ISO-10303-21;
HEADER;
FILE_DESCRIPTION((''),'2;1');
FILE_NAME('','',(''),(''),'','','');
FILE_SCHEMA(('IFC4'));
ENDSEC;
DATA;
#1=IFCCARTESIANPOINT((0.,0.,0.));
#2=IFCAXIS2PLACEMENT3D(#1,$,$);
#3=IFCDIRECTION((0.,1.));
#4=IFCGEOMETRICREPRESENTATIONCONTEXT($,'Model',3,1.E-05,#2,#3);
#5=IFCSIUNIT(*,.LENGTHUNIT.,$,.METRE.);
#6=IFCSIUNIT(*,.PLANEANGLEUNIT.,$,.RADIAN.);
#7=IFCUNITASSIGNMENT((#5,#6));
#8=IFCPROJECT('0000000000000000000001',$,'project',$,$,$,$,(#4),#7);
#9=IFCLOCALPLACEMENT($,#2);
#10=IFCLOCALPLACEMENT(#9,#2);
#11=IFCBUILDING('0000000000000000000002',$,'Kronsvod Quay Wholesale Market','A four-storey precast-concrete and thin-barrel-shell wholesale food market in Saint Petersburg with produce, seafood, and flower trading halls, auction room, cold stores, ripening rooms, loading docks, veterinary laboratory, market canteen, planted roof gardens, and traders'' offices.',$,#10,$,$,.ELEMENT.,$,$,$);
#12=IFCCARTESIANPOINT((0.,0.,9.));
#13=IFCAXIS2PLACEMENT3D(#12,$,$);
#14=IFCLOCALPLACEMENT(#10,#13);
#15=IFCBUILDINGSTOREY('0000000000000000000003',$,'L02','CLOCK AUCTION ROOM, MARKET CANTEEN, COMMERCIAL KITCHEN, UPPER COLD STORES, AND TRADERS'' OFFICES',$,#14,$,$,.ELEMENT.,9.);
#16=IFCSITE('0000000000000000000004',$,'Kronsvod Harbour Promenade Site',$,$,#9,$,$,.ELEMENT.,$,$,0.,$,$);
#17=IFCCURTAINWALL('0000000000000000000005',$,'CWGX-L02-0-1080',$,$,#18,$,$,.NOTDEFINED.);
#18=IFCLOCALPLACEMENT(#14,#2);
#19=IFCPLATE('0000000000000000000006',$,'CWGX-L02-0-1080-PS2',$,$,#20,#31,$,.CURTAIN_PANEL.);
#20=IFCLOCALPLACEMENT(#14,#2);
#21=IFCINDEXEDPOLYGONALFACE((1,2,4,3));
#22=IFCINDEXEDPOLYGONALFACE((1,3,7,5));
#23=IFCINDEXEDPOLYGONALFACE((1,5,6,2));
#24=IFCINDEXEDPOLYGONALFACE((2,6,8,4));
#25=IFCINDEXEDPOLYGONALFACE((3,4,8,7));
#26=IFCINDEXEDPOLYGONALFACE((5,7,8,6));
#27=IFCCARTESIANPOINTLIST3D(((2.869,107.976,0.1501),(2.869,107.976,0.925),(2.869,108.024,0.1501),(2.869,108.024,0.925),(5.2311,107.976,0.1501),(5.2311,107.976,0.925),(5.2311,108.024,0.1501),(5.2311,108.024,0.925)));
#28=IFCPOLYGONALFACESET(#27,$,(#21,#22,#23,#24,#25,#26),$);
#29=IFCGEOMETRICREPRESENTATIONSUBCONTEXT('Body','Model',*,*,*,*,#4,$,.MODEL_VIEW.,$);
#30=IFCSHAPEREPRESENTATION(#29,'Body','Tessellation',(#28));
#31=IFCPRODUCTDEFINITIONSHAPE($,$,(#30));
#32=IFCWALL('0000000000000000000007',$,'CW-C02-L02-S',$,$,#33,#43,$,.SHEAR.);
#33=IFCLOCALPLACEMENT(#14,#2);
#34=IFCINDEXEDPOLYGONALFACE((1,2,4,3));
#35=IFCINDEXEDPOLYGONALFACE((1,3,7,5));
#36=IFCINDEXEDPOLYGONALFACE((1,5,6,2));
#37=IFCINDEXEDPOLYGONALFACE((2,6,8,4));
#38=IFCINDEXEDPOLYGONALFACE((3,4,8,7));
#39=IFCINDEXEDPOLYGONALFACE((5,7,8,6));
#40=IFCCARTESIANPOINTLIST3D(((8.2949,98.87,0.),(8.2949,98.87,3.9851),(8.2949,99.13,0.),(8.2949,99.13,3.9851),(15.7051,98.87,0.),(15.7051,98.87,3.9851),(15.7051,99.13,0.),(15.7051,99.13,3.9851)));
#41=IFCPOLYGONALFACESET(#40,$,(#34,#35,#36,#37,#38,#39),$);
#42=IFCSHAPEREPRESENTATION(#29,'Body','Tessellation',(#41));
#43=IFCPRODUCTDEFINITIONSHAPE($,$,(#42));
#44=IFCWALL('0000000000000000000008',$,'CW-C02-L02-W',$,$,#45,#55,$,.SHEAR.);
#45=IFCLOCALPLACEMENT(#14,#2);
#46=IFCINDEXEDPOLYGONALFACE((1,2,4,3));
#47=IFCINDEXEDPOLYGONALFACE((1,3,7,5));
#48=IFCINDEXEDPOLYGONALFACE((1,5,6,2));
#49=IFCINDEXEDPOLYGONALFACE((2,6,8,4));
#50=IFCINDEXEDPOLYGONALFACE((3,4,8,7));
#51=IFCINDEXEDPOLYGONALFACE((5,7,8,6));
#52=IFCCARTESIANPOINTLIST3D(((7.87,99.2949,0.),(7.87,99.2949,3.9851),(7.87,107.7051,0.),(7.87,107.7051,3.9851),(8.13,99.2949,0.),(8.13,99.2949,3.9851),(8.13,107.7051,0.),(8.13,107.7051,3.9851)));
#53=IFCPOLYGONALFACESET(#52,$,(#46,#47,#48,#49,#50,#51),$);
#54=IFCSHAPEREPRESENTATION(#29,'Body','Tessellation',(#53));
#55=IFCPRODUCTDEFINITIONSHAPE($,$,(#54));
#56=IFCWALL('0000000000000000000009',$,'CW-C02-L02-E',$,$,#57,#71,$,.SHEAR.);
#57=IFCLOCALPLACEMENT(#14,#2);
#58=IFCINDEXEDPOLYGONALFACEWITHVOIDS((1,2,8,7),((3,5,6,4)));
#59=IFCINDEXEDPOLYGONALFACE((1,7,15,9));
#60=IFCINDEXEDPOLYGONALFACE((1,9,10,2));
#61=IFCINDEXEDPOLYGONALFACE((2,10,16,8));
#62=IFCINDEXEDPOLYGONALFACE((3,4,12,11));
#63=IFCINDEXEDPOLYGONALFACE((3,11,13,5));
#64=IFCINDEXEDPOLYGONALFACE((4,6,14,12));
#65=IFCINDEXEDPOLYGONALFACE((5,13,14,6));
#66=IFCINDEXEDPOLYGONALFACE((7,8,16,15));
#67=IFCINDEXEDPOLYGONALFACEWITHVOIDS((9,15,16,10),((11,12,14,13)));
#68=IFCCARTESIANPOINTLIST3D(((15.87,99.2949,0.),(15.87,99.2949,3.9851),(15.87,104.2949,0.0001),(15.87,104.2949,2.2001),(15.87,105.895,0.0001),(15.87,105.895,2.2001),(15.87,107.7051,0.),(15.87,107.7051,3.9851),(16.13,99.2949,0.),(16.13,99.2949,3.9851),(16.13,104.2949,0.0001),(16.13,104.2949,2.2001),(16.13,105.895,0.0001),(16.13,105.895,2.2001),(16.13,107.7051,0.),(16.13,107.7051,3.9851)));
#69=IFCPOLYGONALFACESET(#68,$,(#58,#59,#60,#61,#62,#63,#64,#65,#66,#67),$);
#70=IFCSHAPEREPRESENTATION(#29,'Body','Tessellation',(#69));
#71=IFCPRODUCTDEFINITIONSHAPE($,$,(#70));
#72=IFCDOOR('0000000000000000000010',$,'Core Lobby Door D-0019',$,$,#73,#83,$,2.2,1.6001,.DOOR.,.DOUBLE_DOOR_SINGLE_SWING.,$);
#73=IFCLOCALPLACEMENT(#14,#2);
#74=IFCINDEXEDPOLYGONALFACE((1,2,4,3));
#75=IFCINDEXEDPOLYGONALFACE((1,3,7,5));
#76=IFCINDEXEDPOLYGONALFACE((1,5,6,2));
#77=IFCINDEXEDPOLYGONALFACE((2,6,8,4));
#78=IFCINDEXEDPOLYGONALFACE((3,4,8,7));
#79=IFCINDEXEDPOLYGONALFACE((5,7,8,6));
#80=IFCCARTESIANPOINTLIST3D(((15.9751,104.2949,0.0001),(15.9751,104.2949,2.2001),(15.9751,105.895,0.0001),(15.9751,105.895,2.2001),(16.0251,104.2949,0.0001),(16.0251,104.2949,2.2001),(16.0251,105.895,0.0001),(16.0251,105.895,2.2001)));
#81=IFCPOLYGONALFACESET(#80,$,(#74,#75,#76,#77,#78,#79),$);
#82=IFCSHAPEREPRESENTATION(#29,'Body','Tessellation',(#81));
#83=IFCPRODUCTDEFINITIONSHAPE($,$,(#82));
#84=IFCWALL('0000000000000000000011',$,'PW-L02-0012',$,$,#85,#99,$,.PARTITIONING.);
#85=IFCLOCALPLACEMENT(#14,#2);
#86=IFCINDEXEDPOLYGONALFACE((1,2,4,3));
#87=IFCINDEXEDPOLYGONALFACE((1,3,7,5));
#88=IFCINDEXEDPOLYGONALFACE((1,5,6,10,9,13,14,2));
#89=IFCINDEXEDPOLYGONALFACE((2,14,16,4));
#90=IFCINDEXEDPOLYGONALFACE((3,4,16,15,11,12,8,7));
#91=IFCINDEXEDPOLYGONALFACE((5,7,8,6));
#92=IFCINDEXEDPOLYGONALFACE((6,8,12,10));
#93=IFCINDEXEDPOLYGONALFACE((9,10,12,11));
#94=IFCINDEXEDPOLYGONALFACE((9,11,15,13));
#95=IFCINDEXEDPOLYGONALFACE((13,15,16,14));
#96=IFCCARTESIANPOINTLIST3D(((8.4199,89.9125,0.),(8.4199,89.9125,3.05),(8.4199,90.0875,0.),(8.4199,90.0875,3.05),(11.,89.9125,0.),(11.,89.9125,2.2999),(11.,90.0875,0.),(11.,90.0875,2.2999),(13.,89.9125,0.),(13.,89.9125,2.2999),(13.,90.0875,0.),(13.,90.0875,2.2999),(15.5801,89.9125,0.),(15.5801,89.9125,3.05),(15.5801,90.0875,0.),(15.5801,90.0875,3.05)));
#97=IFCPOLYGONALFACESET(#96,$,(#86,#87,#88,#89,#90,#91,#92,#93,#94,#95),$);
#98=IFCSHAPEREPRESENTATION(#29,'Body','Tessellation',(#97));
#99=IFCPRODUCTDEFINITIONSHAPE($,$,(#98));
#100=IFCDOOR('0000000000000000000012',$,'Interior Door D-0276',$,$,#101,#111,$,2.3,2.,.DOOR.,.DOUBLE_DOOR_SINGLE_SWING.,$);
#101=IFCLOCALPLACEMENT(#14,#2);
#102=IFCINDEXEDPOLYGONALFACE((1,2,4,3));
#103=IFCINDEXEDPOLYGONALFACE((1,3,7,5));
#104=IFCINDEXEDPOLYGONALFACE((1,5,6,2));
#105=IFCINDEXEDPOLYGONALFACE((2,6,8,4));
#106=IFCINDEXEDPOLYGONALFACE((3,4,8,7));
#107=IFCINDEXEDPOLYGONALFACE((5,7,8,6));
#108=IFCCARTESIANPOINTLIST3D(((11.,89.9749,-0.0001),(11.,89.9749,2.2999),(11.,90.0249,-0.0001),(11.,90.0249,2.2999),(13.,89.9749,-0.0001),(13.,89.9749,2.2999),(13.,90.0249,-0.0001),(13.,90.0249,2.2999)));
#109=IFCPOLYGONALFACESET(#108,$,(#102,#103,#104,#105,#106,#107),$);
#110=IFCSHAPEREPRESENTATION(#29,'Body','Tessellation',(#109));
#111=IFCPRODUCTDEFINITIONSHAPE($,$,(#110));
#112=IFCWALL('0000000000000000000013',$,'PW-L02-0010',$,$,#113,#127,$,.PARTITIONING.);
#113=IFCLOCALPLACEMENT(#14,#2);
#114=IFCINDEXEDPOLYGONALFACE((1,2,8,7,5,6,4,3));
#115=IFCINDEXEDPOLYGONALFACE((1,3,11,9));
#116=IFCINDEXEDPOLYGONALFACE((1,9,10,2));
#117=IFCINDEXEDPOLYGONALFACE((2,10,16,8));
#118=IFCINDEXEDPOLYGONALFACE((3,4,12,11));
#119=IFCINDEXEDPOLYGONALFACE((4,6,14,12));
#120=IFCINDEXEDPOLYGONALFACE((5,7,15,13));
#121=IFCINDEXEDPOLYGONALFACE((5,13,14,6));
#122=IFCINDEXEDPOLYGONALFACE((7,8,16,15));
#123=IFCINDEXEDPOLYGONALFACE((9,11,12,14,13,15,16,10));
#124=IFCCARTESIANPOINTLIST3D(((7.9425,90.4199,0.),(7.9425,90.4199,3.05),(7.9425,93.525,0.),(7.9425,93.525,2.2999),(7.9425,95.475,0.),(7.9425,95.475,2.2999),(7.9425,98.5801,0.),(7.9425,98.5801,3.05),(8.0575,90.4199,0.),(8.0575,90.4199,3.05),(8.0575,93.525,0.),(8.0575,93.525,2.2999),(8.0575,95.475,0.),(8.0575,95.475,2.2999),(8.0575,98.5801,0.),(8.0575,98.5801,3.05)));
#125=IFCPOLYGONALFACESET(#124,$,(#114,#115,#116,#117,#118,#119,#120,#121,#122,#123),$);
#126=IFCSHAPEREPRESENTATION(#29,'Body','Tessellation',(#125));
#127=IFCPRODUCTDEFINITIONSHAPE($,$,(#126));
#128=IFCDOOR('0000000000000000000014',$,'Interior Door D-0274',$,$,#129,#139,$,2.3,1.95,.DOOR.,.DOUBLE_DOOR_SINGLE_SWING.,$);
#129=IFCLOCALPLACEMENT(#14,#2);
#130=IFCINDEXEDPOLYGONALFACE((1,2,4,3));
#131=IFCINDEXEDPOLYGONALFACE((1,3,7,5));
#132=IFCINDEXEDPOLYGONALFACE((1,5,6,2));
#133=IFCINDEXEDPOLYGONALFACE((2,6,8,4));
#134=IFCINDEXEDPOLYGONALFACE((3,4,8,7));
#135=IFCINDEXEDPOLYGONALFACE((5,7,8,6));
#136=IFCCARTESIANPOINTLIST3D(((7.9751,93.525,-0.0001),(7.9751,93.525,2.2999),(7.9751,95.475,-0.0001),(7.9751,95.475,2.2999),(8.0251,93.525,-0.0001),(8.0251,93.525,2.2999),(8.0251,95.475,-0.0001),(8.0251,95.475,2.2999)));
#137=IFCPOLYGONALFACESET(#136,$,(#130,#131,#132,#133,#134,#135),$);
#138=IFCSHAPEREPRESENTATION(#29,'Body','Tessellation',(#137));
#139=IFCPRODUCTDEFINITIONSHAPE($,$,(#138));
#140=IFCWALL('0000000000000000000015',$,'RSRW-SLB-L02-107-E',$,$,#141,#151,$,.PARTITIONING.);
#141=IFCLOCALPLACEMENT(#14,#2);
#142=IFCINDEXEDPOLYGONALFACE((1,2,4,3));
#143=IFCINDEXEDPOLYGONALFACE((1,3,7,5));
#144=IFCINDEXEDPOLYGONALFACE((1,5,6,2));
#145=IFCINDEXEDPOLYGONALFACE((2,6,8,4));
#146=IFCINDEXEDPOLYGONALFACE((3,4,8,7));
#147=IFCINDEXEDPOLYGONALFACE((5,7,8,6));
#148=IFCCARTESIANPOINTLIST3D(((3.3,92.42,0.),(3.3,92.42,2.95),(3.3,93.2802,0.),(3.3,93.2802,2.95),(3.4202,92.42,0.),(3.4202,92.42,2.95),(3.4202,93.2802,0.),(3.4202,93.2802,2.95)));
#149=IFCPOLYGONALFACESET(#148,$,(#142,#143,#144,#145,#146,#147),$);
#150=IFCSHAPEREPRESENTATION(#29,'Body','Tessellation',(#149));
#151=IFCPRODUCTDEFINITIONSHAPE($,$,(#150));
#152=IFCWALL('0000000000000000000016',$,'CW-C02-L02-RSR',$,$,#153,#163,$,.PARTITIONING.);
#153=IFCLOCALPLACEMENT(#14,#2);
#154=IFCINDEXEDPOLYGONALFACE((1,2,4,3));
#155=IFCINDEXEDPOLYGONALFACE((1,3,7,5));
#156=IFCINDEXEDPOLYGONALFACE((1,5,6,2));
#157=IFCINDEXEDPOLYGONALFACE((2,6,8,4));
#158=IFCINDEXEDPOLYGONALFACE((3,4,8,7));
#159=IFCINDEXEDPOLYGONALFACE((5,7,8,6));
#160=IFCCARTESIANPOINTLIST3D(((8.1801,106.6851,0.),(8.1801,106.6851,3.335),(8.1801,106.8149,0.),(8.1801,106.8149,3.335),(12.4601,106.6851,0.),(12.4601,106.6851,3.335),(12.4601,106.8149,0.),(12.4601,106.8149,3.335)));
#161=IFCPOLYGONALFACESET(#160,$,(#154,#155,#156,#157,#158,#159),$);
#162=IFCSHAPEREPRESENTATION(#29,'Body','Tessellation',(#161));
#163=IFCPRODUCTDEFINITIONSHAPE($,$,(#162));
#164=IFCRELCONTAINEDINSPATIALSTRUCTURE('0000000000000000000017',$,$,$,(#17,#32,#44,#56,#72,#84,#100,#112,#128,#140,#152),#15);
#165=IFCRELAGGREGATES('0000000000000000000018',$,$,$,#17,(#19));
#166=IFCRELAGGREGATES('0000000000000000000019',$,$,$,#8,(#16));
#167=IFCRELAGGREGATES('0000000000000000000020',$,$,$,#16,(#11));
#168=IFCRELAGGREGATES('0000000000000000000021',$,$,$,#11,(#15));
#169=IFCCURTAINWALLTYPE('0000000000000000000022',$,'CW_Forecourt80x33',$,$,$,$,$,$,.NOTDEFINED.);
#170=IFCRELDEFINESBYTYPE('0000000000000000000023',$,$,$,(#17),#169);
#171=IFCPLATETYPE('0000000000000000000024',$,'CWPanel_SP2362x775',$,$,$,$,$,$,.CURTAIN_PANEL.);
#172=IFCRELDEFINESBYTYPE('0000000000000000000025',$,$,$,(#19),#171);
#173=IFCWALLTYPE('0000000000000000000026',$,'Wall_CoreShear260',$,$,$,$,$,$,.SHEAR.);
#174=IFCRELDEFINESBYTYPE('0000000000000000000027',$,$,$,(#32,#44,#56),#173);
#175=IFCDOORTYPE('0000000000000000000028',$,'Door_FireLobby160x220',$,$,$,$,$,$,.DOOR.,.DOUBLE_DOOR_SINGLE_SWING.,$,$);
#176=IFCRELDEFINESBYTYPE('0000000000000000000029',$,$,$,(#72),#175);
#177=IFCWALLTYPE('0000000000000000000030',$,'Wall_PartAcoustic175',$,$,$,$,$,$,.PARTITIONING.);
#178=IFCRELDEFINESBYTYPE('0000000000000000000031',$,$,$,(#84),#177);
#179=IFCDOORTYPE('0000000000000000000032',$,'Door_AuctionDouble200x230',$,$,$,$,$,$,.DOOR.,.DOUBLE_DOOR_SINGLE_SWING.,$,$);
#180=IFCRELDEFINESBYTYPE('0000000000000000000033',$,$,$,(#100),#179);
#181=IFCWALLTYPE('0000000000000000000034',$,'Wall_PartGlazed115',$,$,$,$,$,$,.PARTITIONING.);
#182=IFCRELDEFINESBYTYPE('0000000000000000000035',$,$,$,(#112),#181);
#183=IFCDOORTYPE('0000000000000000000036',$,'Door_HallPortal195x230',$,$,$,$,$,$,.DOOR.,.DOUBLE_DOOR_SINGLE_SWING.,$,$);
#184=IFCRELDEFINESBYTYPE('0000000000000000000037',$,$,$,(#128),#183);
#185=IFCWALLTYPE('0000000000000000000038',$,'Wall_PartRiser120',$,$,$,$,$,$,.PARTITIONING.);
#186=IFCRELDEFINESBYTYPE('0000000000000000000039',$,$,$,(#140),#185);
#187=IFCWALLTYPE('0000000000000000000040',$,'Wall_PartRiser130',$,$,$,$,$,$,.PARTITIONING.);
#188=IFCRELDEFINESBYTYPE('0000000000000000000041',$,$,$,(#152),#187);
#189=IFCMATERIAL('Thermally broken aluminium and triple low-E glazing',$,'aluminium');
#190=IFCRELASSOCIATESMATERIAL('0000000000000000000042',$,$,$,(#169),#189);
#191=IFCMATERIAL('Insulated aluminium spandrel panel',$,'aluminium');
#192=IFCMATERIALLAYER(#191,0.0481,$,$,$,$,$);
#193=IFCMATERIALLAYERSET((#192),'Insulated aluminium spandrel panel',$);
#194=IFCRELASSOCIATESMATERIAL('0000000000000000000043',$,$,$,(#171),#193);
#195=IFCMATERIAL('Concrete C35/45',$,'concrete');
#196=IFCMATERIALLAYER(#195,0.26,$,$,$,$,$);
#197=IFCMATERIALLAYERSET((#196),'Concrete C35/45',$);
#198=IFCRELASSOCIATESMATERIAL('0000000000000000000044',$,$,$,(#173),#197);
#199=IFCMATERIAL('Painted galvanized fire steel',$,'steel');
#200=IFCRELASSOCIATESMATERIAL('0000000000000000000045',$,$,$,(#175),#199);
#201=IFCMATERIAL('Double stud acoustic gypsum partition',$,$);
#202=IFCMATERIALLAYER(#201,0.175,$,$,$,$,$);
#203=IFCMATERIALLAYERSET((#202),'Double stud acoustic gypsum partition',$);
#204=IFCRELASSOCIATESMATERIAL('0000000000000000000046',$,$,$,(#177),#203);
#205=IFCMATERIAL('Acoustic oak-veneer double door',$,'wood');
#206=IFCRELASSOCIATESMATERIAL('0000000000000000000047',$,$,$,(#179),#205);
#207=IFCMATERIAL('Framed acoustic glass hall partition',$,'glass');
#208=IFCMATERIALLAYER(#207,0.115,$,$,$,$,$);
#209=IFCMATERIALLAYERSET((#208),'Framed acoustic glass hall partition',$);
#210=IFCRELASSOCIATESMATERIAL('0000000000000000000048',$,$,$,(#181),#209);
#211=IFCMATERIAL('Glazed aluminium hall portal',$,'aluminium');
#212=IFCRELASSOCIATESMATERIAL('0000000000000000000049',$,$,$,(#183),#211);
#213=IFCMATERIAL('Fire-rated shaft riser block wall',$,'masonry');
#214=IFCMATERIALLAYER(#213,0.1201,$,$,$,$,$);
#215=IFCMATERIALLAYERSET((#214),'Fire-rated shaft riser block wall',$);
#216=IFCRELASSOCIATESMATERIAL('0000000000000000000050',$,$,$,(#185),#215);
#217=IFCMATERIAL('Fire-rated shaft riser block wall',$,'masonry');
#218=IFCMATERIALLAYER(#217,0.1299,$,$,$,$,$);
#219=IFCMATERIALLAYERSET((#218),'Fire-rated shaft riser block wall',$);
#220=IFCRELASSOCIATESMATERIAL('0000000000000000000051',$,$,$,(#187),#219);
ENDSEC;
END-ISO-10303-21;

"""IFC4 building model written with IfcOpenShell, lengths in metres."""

from ifc_helpers import new_model, si_unit, direction, frame, frame_2d, origin, origin_2d, place, context, subcontext, project, spatial, rectangle, extrude, material, layer, layer_set, type_object, element, fill, aggregate, save


model = new_model("IFC4")

# Units and contexts
model_context = context("Model", 3, precision=1e-05, world=origin(), true_north=direction((0.0, 1.0)))
body_context = subcontext(model_context, "Body", "Model", "MODEL_VIEW")
ifc_project = project(units=[si_unit("LENGTHUNIT", "METRE"), si_unit("PLANEANGLEUNIT", "RADIAN")], contexts=[model_context])

# Site, building, storey
site_placement = place(None, origin())
site = spatial("IfcSite", under=ifc_project, at=site_placement, Name="Kronsvod Harbour Promenade Site", CompositionType="ELEMENT", RefElevation=0.0)
building_placement = place(site_placement, origin())
building = spatial("IfcBuilding", under=site, at=building_placement, Name="Kronsvod Quay Wholesale Market", Description="A four-storey precast-concrete and thin-barrel-shell wholesale food market in Saint Petersburg with produce, seafood, and flower trading halls, auction room, cold stores, ripening rooms, loading docks, veterinary laboratory, market canteen, planted roof gardens, and traders' offices.", CompositionType="ELEMENT")
storey_placement = place(building_placement, frame((0.0, 0.0, 9.0)))
storey = spatial("IfcBuildingStorey", under=building, at=storey_placement, Name="L02", Description="CLOCK AUCTION ROOM, MARKET CANTEEN, COMMERCIAL KITCHEN, UPPER COLD STORES, AND TRADERS' OFFICES", CompositionType="ELEMENT", Elevation=9.0)

# Curtain wall, plate
ifc_material_1 = material(Name="Thermally broken aluminium and triple low-E glazing", Category="aluminium")
curtain_wall_type = type_object("IfcCurtainWallType", Name="CW_Forecourt80x33", PredefinedType="NOTDEFINED", material=ifc_material_1)
curtain_wall_placement = place(storey_placement, origin())
curtain_wall = element("IfcCurtainWall", 1, at=curtain_wall_placement, inside=storey, type_object=curtain_wall_type, Name="CWGX-L02-0-1080", PredefinedType="NOTDEFINED")
ifc_material_2 = material(Name="Insulated aluminium spandrel panel", Category="aluminium")
ifc_layer_1 = layer(ifc_material_2, 0.0481)
ifc_layer_set_1 = layer_set([ifc_layer_1], Name="Insulated aluminium spandrel panel")
plate_type = type_object("IfcPlateType", Name="CWPanel_SP2362x775", PredefinedType="CURTAIN_PANEL", material=ifc_layer_set_1)
plate_placement = place(storey_placement, frame((4.05, 108.0, 0.1501), z_axis=(0.0, 0.0, 1.0), x_axis=(-1.0, 0.0, 0.0)))
plate = element("IfcPlate", 2, at=plate_placement, type_object=plate_type, Name="CWGX-L02-0-1080-PS2", PredefinedType="CURTAIN_PANEL", context=body_context, shape_type="SweptSolid", body=[
    extrude(rectangle(XDim=2.3621, YDim=0.0481, at=origin_2d()), origin(), (0.0, 0.0, 1.0), 0.7749),
])
aggregate(curtain_wall, [plate])

# Walls
ifc_material_3 = material(Name="Concrete C35/45", Category="concrete")
ifc_layer_2 = layer(ifc_material_3, 0.26)
ifc_layer_set_2 = layer_set([ifc_layer_2], Name="Concrete C35/45")
wall_type_1 = type_object("IfcWallType", Name="Wall_CoreShear260", PredefinedType="SHEAR", material=ifc_layer_set_2)
wall_1_placement = place(storey_placement, frame((8.2949, 99.0, 0.0), z_axis=(0.0, 0.0, 1.0), x_axis=(1.0, 0.0, 0.0)))
element("IfcWall", 3, at=wall_1_placement, inside=storey, type_object=wall_type_1, Name="CW-C02-L02-S", PredefinedType="SHEAR", context=body_context, shape_type="SweptSolid", body=[
    extrude(rectangle(XDim=7.4102, YDim=0.26, at=frame_2d((3.7051, 0.0))), origin(), (0.0, 0.0, 1.0), 3.9851),
])
wall_2_placement = place(storey_placement, frame((8.0, 99.2949, 0.0), z_axis=(0.0, 0.0, 1.0), x_axis=(0.0, 1.0, 0.0)))
element("IfcWall", 4, at=wall_2_placement, inside=storey, type_object=wall_type_1, Name="CW-C02-L02-W", PredefinedType="SHEAR", context=body_context, shape_type="SweptSolid", body=[
    extrude(rectangle(XDim=8.4102, YDim=0.26, at=frame_2d((4.2051, 0.0))), origin(), (0.0, 0.0, 1.0), 3.9851),
])

# Walls, openings, doors
wall_3_placement = place(storey_placement, frame((16.0, 99.2949, 0.0), z_axis=(0.0, 0.0, 1.0), x_axis=(0.0, 1.0, 0.0)))
wall_3 = element("IfcWall", 5, at=wall_3_placement, inside=storey, type_object=wall_type_1, Name="CW-C02-L02-E", PredefinedType="SHEAR", context=body_context, shape_type="SweptSolid", body=[
    extrude(rectangle(XDim=8.4102, YDim=0.26, at=frame_2d((4.2051, 0.0))), origin(), (0.0, 0.0, 1.0), 3.9851),
])
opening_1_placement = place(wall_3_placement, frame((5.0, 0.0, 0.0)))
opening_1 = element("IfcOpeningElement", 6, at=opening_1_placement, cuts=wall_3, PredefinedType="OPENING", context=body_context, shape_type="SweptSolid", body=[
    extrude(rectangle(XDim=1.6001, YDim=2.2, at=frame_2d((0.8, 1.1001))), frame((0.0, 0.1401, 0.0), z_axis=(0.0, -1.0, 0.0), x_axis=(1.0, 0.0, 0.0)), (0.0, 0.0, 1.0), 0.28),
])
ifc_material_4 = material(Name="Painted galvanized fire steel", Category="steel")
door_type_1 = type_object("IfcDoorType", Name="Door_FireLobby160x220", OperationType="DOUBLE_DOOR_SINGLE_SWING", PredefinedType="DOOR", material=ifc_material_4)
door_1_placement = place(opening_1_placement, origin())
door_1 = element("IfcDoor", 7, at=door_1_placement, inside=storey, type_object=door_type_1, Name="Core Lobby Door D-0019", OperationType="DOUBLE_DOOR_SINGLE_SWING", OverallHeight=2.2, OverallWidth=1.6001, PredefinedType="DOOR", context=body_context, shape_type="SweptSolid", body=[
    extrude(rectangle(XDim=1.6001, YDim=2.2, at=frame_2d((0.8, 1.1001))), frame((0.0, 0.0249, 0.0), z_axis=(0.0, -1.0, 0.0), x_axis=(1.0, 0.0, 0.0)), (0.0, 0.0, 1.0), 0.05),
])
fill(opening_1, door_1)
ifc_material_5 = material(Name="Double stud acoustic gypsum partition")
ifc_layer_3 = layer(ifc_material_5, 0.175)
ifc_layer_set_3 = layer_set([ifc_layer_3], Name="Double stud acoustic gypsum partition")
wall_type_2 = type_object("IfcWallType", Name="Wall_PartAcoustic175", PredefinedType="PARTITIONING", material=ifc_layer_set_3)
wall_4_placement = place(storey_placement, frame((8.4199, 90.0, 0.0), z_axis=(0.0, 0.0, 1.0), x_axis=(1.0, 0.0, 0.0)))
wall_4 = element("IfcWall", 8, at=wall_4_placement, inside=storey, type_object=wall_type_2, Name="PW-L02-0012", PredefinedType="PARTITIONING", context=body_context, shape_type="SweptSolid", body=[
    extrude(rectangle(XDim=7.1602, YDim=0.175, at=frame_2d((3.5801, 0.0))), origin(), (0.0, 0.0, 1.0), 3.05),
])
opening_2_placement = place(wall_4_placement, frame((2.5801, 0.0, 0.0)))
opening_2 = element("IfcOpeningElement", 9, at=opening_2_placement, cuts=wall_4, PredefinedType="OPENING", context=body_context, shape_type="SweptSolid", body=[
    extrude(rectangle(XDim=2.0, YDim=2.3, at=frame_2d((1.0, 1.1499))), frame((0.0, 0.0977, 0.0), z_axis=(0.0, -1.0, 0.0), x_axis=(1.0, 0.0, 0.0)), (0.0, 0.0, 1.0), 0.1951),
])
ifc_material_6 = material(Name="Acoustic oak-veneer double door", Category="wood")
door_type_2 = type_object("IfcDoorType", Name="Door_AuctionDouble200x230", OperationType="DOUBLE_DOOR_SINGLE_SWING", PredefinedType="DOOR", material=ifc_material_6)
door_2_placement = place(opening_2_placement, origin())
door_2 = element("IfcDoor", 10, at=door_2_placement, inside=storey, type_object=door_type_2, Name="Interior Door D-0276", OperationType="DOUBLE_DOOR_SINGLE_SWING", OverallHeight=2.3, OverallWidth=2.0, PredefinedType="DOOR", context=body_context, shape_type="SweptSolid", body=[
    extrude(rectangle(XDim=2.0, YDim=2.3, at=frame_2d((1.0, 1.1499))), frame((0.0, 0.0249, 0.0), z_axis=(0.0, -1.0, 0.0), x_axis=(1.0, 0.0, 0.0)), (0.0, 0.0, 1.0), 0.05),
])
fill(opening_2, door_2)
ifc_material_7 = material(Name="Framed acoustic glass hall partition", Category="glass")
ifc_layer_4 = layer(ifc_material_7, 0.115)
ifc_layer_set_4 = layer_set([ifc_layer_4], Name="Framed acoustic glass hall partition")
wall_type_3 = type_object("IfcWallType", Name="Wall_PartGlazed115", PredefinedType="PARTITIONING", material=ifc_layer_set_4)
wall_5_placement = place(storey_placement, frame((8.0, 90.4199, 0.0), z_axis=(0.0, 0.0, 1.0), x_axis=(0.0, 1.0, 0.0)))
wall_5 = element("IfcWall", 11, at=wall_5_placement, inside=storey, type_object=wall_type_3, Name="PW-L02-0010", PredefinedType="PARTITIONING", context=body_context, shape_type="SweptSolid", body=[
    extrude(rectangle(XDim=8.1602, YDim=0.115, at=frame_2d((4.0801, 0.0))), origin(), (0.0, 0.0, 1.0), 3.05),
])
opening_3_placement = place(wall_5_placement, frame((3.105, 0.0, 0.0)))
opening_3 = element("IfcOpeningElement", 12, at=opening_3_placement, cuts=wall_5, PredefinedType="OPENING", context=body_context, shape_type="SweptSolid", body=[
    extrude(rectangle(XDim=1.95, YDim=2.3, at=frame_2d((0.9751, 1.1499))), frame((0.0, 0.0674, 0.0), z_axis=(0.0, -1.0, 0.0), x_axis=(1.0, 0.0, 0.0)), (0.0, 0.0, 1.0), 0.135),
])
ifc_material_8 = material(Name="Glazed aluminium hall portal", Category="aluminium")
door_type_3 = type_object("IfcDoorType", Name="Door_HallPortal195x230", OperationType="DOUBLE_DOOR_SINGLE_SWING", PredefinedType="DOOR", material=ifc_material_8)
door_3_placement = place(opening_3_placement, origin())
door_3 = element("IfcDoor", 13, at=door_3_placement, inside=storey, type_object=door_type_3, Name="Interior Door D-0274", OperationType="DOUBLE_DOOR_SINGLE_SWING", OverallHeight=2.3, OverallWidth=1.95, PredefinedType="DOOR", context=body_context, shape_type="SweptSolid", body=[
    extrude(rectangle(XDim=1.95, YDim=2.3, at=frame_2d((0.9751, 1.1499))), frame((0.0, 0.0249, 0.0), z_axis=(0.0, -1.0, 0.0), x_axis=(1.0, 0.0, 0.0)), (0.0, 0.0, 1.0), 0.05),
])
fill(opening_3, door_3)

# Walls
ifc_material_9 = material(Name="Fire-rated shaft riser block wall", Category="masonry")
ifc_layer_5 = layer(ifc_material_9, 0.1201)
ifc_layer_set_5 = layer_set([ifc_layer_5], Name="Fire-rated shaft riser block wall")
wall_type_4 = type_object("IfcWallType", Name="Wall_PartRiser120", PredefinedType="PARTITIONING", material=ifc_layer_set_5)
wall_6_placement = place(storey_placement, frame((3.3601, 92.4199, 0.0), z_axis=(0.0, 0.0, 1.0), x_axis=(0.0, 1.0, 0.0)))
element("IfcWall", 14, at=wall_6_placement, inside=storey, type_object=wall_type_4, Name="RSRW-SLB-L02-107-E", PredefinedType="PARTITIONING", context=body_context, shape_type="SweptSolid", body=[
    extrude(rectangle(XDim=0.8601, YDim=0.1201, at=frame_2d((0.4302, 0.0))), origin(), (0.0, 0.0, 1.0), 2.95),
])
ifc_material_10 = material(Name="Fire-rated shaft riser block wall", Category="masonry")
ifc_layer_6 = layer(ifc_material_10, 0.1299)
ifc_layer_set_6 = layer_set([ifc_layer_6], Name="Fire-rated shaft riser block wall")
wall_type_5 = type_object("IfcWallType", Name="Wall_PartRiser130", PredefinedType="PARTITIONING", material=ifc_layer_set_6)
wall_7_placement = place(storey_placement, frame((8.1799, 106.75, 0.0), z_axis=(0.0, 0.0, 1.0), x_axis=(1.0, 0.0, 0.0)))
element("IfcWall", 15, at=wall_7_placement, inside=storey, type_object=wall_type_5, Name="CW-C02-L02-RSR", PredefinedType="PARTITIONING", context=body_context, shape_type="SweptSolid", body=[
    extrude(rectangle(XDim=4.28, YDim=0.1299, at=frame_2d((2.1401, 0.0))), origin(), (0.0, 0.0, 1.0), 3.335),
])

save(model, "model.ifc")
